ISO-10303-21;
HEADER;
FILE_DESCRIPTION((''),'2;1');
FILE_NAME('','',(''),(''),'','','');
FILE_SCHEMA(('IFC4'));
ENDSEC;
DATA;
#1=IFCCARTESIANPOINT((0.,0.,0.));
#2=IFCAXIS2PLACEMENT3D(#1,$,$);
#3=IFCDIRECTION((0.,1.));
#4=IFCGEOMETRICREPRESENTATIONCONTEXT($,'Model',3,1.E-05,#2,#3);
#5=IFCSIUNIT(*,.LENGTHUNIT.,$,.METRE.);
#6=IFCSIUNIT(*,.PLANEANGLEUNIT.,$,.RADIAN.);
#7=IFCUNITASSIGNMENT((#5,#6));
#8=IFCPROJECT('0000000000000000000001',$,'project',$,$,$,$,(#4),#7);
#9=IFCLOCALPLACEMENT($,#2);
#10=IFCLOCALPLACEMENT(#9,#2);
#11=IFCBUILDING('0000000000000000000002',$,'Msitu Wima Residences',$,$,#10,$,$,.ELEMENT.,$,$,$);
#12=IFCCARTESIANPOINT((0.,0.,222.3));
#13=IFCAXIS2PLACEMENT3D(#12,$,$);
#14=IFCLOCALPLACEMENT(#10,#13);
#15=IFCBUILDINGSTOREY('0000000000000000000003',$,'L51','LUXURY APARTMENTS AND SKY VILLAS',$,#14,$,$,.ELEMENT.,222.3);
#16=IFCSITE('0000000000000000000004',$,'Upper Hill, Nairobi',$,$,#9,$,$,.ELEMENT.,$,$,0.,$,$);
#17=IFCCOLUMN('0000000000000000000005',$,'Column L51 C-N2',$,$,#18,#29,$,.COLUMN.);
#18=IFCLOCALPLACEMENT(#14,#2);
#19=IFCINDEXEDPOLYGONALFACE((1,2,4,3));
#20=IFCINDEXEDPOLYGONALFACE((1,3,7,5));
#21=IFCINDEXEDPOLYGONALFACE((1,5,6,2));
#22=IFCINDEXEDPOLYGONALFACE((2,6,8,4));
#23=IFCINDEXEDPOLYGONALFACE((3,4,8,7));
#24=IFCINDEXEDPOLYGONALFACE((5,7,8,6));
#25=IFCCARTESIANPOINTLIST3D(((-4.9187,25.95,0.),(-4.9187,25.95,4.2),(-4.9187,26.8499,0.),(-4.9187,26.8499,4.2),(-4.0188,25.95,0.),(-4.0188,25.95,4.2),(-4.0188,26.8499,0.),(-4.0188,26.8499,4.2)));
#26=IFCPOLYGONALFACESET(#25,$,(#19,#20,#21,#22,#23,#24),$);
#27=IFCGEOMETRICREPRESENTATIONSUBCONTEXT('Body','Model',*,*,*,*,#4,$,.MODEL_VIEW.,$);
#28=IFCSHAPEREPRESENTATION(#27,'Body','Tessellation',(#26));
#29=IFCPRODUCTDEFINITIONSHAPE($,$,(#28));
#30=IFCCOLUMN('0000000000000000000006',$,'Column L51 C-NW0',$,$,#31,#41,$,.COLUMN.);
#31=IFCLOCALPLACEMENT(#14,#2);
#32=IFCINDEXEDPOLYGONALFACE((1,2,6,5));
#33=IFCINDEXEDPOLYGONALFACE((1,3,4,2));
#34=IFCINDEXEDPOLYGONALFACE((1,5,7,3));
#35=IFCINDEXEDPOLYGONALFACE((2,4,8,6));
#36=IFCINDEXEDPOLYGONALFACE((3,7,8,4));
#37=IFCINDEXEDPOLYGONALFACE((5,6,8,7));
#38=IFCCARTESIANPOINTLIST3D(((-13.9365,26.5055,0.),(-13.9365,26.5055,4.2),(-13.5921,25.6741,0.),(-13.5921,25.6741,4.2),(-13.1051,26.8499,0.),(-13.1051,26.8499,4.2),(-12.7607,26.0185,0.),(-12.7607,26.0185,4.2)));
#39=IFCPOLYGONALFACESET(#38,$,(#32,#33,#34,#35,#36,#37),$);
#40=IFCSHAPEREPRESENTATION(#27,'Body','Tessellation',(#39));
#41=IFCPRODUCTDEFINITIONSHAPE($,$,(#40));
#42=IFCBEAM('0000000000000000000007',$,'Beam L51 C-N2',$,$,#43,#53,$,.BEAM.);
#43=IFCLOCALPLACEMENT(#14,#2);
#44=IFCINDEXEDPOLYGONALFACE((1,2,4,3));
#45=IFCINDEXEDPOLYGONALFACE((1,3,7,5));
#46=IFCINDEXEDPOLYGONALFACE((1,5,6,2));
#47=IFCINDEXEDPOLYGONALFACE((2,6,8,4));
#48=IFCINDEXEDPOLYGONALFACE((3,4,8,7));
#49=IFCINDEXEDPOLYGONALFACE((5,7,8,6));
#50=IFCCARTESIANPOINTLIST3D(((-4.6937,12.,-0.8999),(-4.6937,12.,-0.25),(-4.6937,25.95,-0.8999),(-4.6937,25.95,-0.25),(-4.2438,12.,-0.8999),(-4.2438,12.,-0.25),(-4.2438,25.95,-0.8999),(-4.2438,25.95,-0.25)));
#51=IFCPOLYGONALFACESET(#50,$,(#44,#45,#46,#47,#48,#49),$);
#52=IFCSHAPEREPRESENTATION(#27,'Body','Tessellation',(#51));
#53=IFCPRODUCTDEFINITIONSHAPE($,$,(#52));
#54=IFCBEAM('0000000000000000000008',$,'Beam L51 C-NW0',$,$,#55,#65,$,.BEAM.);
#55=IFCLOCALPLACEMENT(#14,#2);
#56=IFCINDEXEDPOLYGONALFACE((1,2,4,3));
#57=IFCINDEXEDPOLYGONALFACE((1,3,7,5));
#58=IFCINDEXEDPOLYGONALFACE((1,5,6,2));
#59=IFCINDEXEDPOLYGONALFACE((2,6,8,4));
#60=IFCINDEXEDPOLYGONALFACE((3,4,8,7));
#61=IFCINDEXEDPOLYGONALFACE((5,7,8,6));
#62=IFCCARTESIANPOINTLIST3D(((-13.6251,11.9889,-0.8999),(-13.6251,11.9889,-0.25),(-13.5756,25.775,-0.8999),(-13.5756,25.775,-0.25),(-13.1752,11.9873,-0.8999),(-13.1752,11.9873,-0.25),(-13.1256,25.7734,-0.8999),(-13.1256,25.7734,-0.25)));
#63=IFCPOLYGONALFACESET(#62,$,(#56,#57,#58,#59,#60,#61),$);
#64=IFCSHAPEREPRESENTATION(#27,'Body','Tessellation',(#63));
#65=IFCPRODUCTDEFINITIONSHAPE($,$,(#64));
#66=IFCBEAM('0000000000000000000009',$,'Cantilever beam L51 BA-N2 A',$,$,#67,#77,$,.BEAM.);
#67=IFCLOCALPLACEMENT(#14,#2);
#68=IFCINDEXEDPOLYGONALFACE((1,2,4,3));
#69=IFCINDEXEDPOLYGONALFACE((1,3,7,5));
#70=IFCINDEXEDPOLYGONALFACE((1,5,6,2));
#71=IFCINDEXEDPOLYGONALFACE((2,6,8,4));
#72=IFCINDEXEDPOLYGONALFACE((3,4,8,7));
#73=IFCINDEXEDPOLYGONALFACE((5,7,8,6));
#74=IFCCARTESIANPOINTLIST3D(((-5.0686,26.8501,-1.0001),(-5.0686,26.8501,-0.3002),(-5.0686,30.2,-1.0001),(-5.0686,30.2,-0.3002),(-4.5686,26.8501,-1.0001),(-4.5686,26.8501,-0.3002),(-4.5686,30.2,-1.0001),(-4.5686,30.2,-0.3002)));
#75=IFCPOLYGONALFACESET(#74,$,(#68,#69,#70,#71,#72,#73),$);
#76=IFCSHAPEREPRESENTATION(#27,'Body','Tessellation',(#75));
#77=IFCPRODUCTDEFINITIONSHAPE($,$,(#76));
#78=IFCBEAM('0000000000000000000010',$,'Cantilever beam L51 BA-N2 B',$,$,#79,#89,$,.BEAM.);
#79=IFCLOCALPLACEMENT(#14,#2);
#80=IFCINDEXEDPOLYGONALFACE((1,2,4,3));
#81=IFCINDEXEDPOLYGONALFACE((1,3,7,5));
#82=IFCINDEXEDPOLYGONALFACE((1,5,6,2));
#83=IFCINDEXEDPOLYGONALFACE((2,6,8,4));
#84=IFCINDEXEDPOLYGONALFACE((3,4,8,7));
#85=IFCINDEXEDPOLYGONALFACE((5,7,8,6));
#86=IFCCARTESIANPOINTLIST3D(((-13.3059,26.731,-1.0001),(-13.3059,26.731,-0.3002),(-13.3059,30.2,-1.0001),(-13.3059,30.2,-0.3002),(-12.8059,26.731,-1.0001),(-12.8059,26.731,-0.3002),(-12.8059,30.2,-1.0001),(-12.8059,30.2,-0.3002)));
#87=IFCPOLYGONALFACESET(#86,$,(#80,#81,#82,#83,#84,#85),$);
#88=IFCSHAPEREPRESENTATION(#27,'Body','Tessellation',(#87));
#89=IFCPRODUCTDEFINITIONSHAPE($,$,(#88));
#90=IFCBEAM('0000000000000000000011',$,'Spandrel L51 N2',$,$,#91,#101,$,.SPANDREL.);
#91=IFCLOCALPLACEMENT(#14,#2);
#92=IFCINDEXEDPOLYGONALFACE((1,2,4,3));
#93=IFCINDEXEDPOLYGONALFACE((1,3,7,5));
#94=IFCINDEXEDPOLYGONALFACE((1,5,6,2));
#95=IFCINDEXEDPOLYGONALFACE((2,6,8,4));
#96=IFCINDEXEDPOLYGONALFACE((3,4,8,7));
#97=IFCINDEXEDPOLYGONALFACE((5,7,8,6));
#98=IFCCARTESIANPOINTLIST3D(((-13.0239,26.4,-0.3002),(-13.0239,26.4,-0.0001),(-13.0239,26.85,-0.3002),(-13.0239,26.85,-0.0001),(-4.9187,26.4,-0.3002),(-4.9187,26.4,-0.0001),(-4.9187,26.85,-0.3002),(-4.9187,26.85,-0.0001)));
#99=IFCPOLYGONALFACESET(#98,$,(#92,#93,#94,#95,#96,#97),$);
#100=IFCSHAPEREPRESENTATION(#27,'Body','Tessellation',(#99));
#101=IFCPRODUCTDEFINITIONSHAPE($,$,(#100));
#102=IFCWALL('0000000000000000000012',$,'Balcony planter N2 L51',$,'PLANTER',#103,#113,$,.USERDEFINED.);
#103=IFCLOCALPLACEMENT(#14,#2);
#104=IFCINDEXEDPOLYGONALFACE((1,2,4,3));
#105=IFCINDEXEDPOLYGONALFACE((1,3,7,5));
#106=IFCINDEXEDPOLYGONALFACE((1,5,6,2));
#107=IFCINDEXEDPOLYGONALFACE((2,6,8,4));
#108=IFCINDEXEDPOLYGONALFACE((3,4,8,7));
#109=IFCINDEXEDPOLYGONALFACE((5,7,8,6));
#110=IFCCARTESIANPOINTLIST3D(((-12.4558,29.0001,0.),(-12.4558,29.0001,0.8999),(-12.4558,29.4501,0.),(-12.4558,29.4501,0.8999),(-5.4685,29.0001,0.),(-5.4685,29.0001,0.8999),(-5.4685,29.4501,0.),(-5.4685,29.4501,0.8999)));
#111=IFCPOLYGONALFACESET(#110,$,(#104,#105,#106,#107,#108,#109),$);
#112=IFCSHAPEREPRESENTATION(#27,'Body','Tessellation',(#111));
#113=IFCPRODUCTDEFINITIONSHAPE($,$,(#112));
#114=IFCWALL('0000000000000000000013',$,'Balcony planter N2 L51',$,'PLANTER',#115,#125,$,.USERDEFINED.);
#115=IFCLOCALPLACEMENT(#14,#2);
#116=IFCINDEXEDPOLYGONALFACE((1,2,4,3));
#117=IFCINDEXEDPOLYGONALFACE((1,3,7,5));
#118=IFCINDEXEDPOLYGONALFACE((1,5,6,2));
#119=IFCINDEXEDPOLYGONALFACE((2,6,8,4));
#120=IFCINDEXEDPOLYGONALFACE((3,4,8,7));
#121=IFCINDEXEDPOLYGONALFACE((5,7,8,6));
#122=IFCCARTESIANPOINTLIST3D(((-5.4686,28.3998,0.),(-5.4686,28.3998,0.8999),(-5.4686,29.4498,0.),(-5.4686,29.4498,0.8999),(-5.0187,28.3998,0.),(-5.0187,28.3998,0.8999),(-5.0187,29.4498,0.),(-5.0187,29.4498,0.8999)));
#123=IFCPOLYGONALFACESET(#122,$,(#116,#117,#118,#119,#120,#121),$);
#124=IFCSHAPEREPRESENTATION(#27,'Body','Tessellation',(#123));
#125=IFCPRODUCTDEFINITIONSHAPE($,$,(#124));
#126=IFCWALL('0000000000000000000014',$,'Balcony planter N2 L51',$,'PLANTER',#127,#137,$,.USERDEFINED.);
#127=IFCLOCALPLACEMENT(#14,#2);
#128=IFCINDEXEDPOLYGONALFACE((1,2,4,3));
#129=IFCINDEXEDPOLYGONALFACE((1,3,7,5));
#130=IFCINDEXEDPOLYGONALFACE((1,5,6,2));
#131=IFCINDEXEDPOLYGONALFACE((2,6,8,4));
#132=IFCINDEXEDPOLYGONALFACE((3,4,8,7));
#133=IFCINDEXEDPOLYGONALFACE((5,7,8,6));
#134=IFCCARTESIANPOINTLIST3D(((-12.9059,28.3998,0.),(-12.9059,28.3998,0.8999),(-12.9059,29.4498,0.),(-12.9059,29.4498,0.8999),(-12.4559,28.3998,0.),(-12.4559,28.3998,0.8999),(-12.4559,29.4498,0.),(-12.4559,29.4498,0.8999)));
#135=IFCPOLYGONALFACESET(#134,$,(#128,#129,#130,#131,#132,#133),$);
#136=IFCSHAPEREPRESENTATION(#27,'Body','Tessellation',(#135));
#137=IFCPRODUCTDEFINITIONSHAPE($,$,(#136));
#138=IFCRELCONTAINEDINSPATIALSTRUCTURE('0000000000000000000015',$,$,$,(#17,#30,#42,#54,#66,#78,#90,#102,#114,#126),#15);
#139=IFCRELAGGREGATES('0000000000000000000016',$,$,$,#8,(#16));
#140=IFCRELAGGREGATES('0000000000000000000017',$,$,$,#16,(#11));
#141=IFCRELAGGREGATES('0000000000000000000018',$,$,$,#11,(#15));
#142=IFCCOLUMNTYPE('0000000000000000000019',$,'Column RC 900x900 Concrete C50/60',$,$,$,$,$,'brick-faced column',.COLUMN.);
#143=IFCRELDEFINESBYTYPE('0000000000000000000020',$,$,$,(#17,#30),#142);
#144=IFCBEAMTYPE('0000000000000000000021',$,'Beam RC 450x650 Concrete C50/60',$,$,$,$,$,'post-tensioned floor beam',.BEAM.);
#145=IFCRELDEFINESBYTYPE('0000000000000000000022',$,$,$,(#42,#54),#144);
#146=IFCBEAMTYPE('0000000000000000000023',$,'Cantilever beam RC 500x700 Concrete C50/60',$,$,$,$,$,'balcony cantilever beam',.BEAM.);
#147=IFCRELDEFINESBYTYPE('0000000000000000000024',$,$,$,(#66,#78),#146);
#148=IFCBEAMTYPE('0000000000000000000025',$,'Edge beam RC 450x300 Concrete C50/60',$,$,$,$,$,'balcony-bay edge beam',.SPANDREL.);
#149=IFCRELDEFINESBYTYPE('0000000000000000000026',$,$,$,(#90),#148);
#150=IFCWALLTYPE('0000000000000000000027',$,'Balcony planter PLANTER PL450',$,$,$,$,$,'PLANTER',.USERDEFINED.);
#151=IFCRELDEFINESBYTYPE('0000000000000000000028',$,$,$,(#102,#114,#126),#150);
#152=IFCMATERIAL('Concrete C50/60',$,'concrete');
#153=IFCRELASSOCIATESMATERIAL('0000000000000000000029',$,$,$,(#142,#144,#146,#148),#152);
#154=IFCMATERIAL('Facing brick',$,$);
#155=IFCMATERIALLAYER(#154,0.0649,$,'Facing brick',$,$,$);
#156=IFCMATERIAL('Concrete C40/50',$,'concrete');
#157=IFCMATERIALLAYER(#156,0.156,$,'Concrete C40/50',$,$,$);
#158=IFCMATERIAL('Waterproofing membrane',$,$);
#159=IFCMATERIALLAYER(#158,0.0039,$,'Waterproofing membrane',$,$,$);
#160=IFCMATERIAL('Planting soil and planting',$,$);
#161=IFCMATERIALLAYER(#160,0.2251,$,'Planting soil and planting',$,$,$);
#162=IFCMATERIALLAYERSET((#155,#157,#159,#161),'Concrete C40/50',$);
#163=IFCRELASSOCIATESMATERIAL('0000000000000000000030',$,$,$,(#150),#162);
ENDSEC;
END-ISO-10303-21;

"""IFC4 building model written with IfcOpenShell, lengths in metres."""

from ifc_helpers import new_model, si_unit, direction, frame, frame_2d, origin, origin_2d, place, context, subcontext, project, spatial, rectangle, extrude, material, layer, layer_set, material_profile, profile_set, type_object, element, save


model = new_model("IFC4")

# Units and contexts
model_context = context("Model", 3, precision=1e-05, world=origin(), true_north=direction((0.0, 1.0)))
body_context = subcontext(model_context, "Body", "Model", "MODEL_VIEW")
ifc_project = project(units=[si_unit("LENGTHUNIT", "METRE"), si_unit("PLANEANGLEUNIT", "RADIAN")], contexts=[model_context])

# Site, building, storey
site_placement = place(None, origin())
site = spatial("IfcSite", under=ifc_project, at=site_placement, Name="Upper Hill, Nairobi", CompositionType="ELEMENT", RefElevation=0.0)
building_placement = place(site_placement, origin())
building = spatial("IfcBuilding", under=site, at=building_placement, Name="Msitu Wima Residences", CompositionType="ELEMENT")
storey_placement = place(building_placement, frame((0.0, 0.0, 222.3)))
storey = spatial("IfcBuildingStorey", under=building, at=storey_placement, Name="L51", Description="LUXURY APARTMENTS AND SKY VILLAS", CompositionType="ELEMENT", Elevation=222.3)

# Columns
ifc_material_1 = material(Name="Concrete C50/60", Category="concrete")
ifc_material_profile_1 = material_profile(ifc_material_1, rectangle(XDim=0.8999, YDim=0.8999, at=origin_2d()), Name="RC 900x900")
ifc_profile_set_1 = profile_set([ifc_material_profile_1], Name="Concrete C50/60")
column_type = type_object("IfcColumnType", Name="Column RC 900x900 Concrete C50/60", ElementType="brick-faced column", PredefinedType="COLUMN", material=ifc_profile_set_1)
for number, where, z_axis, x_axis, name in (
    (1, (-4.4688, 26.3999, 0.0), (0.0, 0.0, 1.0), (-1.0, 0.0, 0.0), "Column L51 C-N2"),
    (2, (-13.3486, 26.262, 0.0), (0.0, 0.0, 1.0), (-0.92388, -0.382683, 0.0), "Column L51 C-NW0"),
):
    element("IfcColumn", number, at=place(storey_placement, frame(where, z_axis=z_axis, x_axis=x_axis)), inside=storey, type_object=column_type, Name=name, PredefinedType="COLUMN", context=body_context, shape_type="SweptSolid", body=[
        extrude(rectangle(XDim=0.8999, YDim=0.8999, at=origin_2d()), origin(), (0.0, 0.0, 1.0), 4.2),
    ])

# Beams
ifc_material_profile_2 = material_profile(ifc_material_1, rectangle(XDim=0.45, YDim=0.6499, at=origin_2d()), Name="RC 450x650")
ifc_profile_set_2 = profile_set([ifc_material_profile_2], Name="Concrete C50/60")
beam_type_1 = type_object("IfcBeamType", Name="Beam RC 450x650 Concrete C50/60", ElementType="post-tensioned floor beam", PredefinedType="BEAM", material=ifc_profile_set_2)
beam_1_placement = place(storey_placement, frame((-4.4688, 25.95, -0.575), z_axis=(0.0, -1.0, 0.0), x_axis=(1.0, 0.0, 0.0)))
element("IfcBeam", 3, at=beam_1_placement, inside=storey, type_object=beam_type_1, Name="Beam L51 C-N2", PredefinedType="BEAM", context=body_context, shape_type="SweptSolid", body=[
    extrude(rectangle(XDim=0.45, YDim=0.6499, at=origin_2d()), origin(), (0.0, 0.0, 1.0), 13.95),
])
beam_2_placement = place(storey_placement, frame((-13.3506, 25.7742, -0.575), z_axis=(-0.003595, -0.999994, 0.0), x_axis=(0.999994, -0.003595, 0.0)))
element("IfcBeam", 4, at=beam_2_placement, inside=storey, type_object=beam_type_1, Name="Beam L51 C-NW0", PredefinedType="BEAM", context=body_context, shape_type="SweptSolid", body=[
    extrude(rectangle(XDim=0.45, YDim=0.6499, at=origin_2d()), origin(), (0.0, 0.0, 1.0), 13.7861),
])
ifc_material_profile_3 = material_profile(ifc_material_1, rectangle(XDim=0.5, YDim=0.7, at=origin_2d()), Name="RC 500x700")
ifc_profile_set_3 = profile_set([ifc_material_profile_3], Name="Concrete C50/60")
beam_type_2 = type_object("IfcBeamType", Name="Cantilever beam RC 500x700 Concrete C50/60", ElementType="balcony cantilever beam", PredefinedType="BEAM", material=ifc_profile_set_3)
beam_3_placement = place(storey_placement, frame((-4.8186, 26.8501, -0.6501), z_axis=(0.0, 1.0, 0.0), x_axis=(-1.0, 0.0, 0.0)))
element("IfcBeam", 5, at=beam_3_placement, inside=storey, type_object=beam_type_2, Name="Cantilever beam L51 BA-N2 A", PredefinedType="BEAM", context=body_context, shape_type="SweptSolid", body=[
    extrude(rectangle(XDim=0.5, YDim=0.7, at=origin_2d()), origin(), (0.0, 0.0, 1.0), 3.3499),
])
beam_4_placement = place(storey_placement, frame((-13.0559, 26.731, -0.6501), z_axis=(0.0, 1.0, 0.0), x_axis=(-1.0, 0.0, 0.0)))
element("IfcBeam", 6, at=beam_4_placement, inside=storey, type_object=beam_type_2, Name="Cantilever beam L51 BA-N2 B", PredefinedType="BEAM", context=body_context, shape_type="SweptSolid", body=[
    extrude(rectangle(XDim=0.5, YDim=0.7, at=origin_2d()), origin(), (0.0, 0.0, 1.0), 3.469),
])
ifc_material_profile_4 = material_profile(ifc_material_1, rectangle(XDim=0.45, YDim=0.3, at=origin_2d()), Name="RC 450x300")
ifc_profile_set_4 = profile_set([ifc_material_profile_4], Name="Concrete C50/60")
beam_type_3 = type_object("IfcBeamType", Name="Edge beam RC 450x300 Concrete C50/60", ElementType="balcony-bay edge beam", PredefinedType="SPANDREL", material=ifc_profile_set_4)
beam_5_placement = place(storey_placement, frame((-4.9187, 26.625, -0.1501), z_axis=(-1.0, 0.0, 0.0), x_axis=(0.0, -1.0, 0.0)))
element("IfcBeam", 7, at=beam_5_placement, inside=storey, type_object=beam_type_3, Name="Spandrel L51 N2", PredefinedType="SPANDREL", context=body_context, shape_type="SweptSolid", body=[
    extrude(rectangle(XDim=0.45, YDim=0.3, at=origin_2d()), origin(), (0.0, 0.0, 1.0), 8.1052),
])

# Walls
ifc_material_2 = material(Name="Facing brick")
ifc_layer_1 = layer(ifc_material_2, 0.0649, Name="Facing brick")
ifc_material_3 = material(Name="Concrete C40/50", Category="concrete")
ifc_layer_2 = layer(ifc_material_3, 0.156, Name="Concrete C40/50")
ifc_material_4 = material(Name="Waterproofing membrane")
ifc_layer_3 = layer(ifc_material_4, 0.0039, Name="Waterproofing membrane")
ifc_material_5 = material(Name="Planting soil and planting")
ifc_layer_4 = layer(ifc_material_5, 0.2251, Name="Planting soil and planting")
ifc_layer_set_1 = layer_set([ifc_layer_1, ifc_layer_2, ifc_layer_3, ifc_layer_4], Name="Concrete C40/50")
wall_type_1 = type_object("IfcWallType", Name="Balcony planter PLANTER PL450", ElementType="PLANTER", PredefinedType="USERDEFINED", material=ifc_layer_set_1)
wall_1_placement = place(storey_placement, frame((-5.4685, 29.2251, 0.0), z_axis=(0.0, 0.0, 1.0), x_axis=(-1.0, 0.0, 0.0)))
element("IfcWall", 8, at=wall_1_placement, inside=storey, type_object=wall_type_1, Name="Balcony planter N2 L51", ObjectType="PLANTER", PredefinedType="USERDEFINED", context=body_context, shape_type="SweptSolid", body=[
    extrude(rectangle(XDim=6.9873, YDim=0.45, at=frame_2d((3.4937, 0.0))), origin(), (0.0, 0.0, 1.0), 0.8999),
])
for number, where, z_axis, x_axis, name in (
    (9, (-5.2437, 28.3999, 0.0), (0.0, 0.0, 1.0), (0.0, 1.0, 0.0), "Balcony planter N2 L51"),
    (10, (-12.6809, 28.3999, 0.0), (0.0, 0.0, 1.0), (0.0, 1.0, 0.0), "Balcony planter N2 L51"),
):
    element("IfcWall", number, at=place(storey_placement, frame(where, z_axis=z_axis, x_axis=x_axis)), inside=storey, type_object=wall_type_1, Name=name, ObjectType="PLANTER", PredefinedType="USERDEFINED", context=body_context, shape_type="SweptSolid", body=[
        extrude(rectangle(XDim=1.05, YDim=0.45, at=frame_2d((0.5249, 0.0))), origin(), (0.0, 0.0, 1.0), 0.8999),
    ])

save(model, "model.ifc")
